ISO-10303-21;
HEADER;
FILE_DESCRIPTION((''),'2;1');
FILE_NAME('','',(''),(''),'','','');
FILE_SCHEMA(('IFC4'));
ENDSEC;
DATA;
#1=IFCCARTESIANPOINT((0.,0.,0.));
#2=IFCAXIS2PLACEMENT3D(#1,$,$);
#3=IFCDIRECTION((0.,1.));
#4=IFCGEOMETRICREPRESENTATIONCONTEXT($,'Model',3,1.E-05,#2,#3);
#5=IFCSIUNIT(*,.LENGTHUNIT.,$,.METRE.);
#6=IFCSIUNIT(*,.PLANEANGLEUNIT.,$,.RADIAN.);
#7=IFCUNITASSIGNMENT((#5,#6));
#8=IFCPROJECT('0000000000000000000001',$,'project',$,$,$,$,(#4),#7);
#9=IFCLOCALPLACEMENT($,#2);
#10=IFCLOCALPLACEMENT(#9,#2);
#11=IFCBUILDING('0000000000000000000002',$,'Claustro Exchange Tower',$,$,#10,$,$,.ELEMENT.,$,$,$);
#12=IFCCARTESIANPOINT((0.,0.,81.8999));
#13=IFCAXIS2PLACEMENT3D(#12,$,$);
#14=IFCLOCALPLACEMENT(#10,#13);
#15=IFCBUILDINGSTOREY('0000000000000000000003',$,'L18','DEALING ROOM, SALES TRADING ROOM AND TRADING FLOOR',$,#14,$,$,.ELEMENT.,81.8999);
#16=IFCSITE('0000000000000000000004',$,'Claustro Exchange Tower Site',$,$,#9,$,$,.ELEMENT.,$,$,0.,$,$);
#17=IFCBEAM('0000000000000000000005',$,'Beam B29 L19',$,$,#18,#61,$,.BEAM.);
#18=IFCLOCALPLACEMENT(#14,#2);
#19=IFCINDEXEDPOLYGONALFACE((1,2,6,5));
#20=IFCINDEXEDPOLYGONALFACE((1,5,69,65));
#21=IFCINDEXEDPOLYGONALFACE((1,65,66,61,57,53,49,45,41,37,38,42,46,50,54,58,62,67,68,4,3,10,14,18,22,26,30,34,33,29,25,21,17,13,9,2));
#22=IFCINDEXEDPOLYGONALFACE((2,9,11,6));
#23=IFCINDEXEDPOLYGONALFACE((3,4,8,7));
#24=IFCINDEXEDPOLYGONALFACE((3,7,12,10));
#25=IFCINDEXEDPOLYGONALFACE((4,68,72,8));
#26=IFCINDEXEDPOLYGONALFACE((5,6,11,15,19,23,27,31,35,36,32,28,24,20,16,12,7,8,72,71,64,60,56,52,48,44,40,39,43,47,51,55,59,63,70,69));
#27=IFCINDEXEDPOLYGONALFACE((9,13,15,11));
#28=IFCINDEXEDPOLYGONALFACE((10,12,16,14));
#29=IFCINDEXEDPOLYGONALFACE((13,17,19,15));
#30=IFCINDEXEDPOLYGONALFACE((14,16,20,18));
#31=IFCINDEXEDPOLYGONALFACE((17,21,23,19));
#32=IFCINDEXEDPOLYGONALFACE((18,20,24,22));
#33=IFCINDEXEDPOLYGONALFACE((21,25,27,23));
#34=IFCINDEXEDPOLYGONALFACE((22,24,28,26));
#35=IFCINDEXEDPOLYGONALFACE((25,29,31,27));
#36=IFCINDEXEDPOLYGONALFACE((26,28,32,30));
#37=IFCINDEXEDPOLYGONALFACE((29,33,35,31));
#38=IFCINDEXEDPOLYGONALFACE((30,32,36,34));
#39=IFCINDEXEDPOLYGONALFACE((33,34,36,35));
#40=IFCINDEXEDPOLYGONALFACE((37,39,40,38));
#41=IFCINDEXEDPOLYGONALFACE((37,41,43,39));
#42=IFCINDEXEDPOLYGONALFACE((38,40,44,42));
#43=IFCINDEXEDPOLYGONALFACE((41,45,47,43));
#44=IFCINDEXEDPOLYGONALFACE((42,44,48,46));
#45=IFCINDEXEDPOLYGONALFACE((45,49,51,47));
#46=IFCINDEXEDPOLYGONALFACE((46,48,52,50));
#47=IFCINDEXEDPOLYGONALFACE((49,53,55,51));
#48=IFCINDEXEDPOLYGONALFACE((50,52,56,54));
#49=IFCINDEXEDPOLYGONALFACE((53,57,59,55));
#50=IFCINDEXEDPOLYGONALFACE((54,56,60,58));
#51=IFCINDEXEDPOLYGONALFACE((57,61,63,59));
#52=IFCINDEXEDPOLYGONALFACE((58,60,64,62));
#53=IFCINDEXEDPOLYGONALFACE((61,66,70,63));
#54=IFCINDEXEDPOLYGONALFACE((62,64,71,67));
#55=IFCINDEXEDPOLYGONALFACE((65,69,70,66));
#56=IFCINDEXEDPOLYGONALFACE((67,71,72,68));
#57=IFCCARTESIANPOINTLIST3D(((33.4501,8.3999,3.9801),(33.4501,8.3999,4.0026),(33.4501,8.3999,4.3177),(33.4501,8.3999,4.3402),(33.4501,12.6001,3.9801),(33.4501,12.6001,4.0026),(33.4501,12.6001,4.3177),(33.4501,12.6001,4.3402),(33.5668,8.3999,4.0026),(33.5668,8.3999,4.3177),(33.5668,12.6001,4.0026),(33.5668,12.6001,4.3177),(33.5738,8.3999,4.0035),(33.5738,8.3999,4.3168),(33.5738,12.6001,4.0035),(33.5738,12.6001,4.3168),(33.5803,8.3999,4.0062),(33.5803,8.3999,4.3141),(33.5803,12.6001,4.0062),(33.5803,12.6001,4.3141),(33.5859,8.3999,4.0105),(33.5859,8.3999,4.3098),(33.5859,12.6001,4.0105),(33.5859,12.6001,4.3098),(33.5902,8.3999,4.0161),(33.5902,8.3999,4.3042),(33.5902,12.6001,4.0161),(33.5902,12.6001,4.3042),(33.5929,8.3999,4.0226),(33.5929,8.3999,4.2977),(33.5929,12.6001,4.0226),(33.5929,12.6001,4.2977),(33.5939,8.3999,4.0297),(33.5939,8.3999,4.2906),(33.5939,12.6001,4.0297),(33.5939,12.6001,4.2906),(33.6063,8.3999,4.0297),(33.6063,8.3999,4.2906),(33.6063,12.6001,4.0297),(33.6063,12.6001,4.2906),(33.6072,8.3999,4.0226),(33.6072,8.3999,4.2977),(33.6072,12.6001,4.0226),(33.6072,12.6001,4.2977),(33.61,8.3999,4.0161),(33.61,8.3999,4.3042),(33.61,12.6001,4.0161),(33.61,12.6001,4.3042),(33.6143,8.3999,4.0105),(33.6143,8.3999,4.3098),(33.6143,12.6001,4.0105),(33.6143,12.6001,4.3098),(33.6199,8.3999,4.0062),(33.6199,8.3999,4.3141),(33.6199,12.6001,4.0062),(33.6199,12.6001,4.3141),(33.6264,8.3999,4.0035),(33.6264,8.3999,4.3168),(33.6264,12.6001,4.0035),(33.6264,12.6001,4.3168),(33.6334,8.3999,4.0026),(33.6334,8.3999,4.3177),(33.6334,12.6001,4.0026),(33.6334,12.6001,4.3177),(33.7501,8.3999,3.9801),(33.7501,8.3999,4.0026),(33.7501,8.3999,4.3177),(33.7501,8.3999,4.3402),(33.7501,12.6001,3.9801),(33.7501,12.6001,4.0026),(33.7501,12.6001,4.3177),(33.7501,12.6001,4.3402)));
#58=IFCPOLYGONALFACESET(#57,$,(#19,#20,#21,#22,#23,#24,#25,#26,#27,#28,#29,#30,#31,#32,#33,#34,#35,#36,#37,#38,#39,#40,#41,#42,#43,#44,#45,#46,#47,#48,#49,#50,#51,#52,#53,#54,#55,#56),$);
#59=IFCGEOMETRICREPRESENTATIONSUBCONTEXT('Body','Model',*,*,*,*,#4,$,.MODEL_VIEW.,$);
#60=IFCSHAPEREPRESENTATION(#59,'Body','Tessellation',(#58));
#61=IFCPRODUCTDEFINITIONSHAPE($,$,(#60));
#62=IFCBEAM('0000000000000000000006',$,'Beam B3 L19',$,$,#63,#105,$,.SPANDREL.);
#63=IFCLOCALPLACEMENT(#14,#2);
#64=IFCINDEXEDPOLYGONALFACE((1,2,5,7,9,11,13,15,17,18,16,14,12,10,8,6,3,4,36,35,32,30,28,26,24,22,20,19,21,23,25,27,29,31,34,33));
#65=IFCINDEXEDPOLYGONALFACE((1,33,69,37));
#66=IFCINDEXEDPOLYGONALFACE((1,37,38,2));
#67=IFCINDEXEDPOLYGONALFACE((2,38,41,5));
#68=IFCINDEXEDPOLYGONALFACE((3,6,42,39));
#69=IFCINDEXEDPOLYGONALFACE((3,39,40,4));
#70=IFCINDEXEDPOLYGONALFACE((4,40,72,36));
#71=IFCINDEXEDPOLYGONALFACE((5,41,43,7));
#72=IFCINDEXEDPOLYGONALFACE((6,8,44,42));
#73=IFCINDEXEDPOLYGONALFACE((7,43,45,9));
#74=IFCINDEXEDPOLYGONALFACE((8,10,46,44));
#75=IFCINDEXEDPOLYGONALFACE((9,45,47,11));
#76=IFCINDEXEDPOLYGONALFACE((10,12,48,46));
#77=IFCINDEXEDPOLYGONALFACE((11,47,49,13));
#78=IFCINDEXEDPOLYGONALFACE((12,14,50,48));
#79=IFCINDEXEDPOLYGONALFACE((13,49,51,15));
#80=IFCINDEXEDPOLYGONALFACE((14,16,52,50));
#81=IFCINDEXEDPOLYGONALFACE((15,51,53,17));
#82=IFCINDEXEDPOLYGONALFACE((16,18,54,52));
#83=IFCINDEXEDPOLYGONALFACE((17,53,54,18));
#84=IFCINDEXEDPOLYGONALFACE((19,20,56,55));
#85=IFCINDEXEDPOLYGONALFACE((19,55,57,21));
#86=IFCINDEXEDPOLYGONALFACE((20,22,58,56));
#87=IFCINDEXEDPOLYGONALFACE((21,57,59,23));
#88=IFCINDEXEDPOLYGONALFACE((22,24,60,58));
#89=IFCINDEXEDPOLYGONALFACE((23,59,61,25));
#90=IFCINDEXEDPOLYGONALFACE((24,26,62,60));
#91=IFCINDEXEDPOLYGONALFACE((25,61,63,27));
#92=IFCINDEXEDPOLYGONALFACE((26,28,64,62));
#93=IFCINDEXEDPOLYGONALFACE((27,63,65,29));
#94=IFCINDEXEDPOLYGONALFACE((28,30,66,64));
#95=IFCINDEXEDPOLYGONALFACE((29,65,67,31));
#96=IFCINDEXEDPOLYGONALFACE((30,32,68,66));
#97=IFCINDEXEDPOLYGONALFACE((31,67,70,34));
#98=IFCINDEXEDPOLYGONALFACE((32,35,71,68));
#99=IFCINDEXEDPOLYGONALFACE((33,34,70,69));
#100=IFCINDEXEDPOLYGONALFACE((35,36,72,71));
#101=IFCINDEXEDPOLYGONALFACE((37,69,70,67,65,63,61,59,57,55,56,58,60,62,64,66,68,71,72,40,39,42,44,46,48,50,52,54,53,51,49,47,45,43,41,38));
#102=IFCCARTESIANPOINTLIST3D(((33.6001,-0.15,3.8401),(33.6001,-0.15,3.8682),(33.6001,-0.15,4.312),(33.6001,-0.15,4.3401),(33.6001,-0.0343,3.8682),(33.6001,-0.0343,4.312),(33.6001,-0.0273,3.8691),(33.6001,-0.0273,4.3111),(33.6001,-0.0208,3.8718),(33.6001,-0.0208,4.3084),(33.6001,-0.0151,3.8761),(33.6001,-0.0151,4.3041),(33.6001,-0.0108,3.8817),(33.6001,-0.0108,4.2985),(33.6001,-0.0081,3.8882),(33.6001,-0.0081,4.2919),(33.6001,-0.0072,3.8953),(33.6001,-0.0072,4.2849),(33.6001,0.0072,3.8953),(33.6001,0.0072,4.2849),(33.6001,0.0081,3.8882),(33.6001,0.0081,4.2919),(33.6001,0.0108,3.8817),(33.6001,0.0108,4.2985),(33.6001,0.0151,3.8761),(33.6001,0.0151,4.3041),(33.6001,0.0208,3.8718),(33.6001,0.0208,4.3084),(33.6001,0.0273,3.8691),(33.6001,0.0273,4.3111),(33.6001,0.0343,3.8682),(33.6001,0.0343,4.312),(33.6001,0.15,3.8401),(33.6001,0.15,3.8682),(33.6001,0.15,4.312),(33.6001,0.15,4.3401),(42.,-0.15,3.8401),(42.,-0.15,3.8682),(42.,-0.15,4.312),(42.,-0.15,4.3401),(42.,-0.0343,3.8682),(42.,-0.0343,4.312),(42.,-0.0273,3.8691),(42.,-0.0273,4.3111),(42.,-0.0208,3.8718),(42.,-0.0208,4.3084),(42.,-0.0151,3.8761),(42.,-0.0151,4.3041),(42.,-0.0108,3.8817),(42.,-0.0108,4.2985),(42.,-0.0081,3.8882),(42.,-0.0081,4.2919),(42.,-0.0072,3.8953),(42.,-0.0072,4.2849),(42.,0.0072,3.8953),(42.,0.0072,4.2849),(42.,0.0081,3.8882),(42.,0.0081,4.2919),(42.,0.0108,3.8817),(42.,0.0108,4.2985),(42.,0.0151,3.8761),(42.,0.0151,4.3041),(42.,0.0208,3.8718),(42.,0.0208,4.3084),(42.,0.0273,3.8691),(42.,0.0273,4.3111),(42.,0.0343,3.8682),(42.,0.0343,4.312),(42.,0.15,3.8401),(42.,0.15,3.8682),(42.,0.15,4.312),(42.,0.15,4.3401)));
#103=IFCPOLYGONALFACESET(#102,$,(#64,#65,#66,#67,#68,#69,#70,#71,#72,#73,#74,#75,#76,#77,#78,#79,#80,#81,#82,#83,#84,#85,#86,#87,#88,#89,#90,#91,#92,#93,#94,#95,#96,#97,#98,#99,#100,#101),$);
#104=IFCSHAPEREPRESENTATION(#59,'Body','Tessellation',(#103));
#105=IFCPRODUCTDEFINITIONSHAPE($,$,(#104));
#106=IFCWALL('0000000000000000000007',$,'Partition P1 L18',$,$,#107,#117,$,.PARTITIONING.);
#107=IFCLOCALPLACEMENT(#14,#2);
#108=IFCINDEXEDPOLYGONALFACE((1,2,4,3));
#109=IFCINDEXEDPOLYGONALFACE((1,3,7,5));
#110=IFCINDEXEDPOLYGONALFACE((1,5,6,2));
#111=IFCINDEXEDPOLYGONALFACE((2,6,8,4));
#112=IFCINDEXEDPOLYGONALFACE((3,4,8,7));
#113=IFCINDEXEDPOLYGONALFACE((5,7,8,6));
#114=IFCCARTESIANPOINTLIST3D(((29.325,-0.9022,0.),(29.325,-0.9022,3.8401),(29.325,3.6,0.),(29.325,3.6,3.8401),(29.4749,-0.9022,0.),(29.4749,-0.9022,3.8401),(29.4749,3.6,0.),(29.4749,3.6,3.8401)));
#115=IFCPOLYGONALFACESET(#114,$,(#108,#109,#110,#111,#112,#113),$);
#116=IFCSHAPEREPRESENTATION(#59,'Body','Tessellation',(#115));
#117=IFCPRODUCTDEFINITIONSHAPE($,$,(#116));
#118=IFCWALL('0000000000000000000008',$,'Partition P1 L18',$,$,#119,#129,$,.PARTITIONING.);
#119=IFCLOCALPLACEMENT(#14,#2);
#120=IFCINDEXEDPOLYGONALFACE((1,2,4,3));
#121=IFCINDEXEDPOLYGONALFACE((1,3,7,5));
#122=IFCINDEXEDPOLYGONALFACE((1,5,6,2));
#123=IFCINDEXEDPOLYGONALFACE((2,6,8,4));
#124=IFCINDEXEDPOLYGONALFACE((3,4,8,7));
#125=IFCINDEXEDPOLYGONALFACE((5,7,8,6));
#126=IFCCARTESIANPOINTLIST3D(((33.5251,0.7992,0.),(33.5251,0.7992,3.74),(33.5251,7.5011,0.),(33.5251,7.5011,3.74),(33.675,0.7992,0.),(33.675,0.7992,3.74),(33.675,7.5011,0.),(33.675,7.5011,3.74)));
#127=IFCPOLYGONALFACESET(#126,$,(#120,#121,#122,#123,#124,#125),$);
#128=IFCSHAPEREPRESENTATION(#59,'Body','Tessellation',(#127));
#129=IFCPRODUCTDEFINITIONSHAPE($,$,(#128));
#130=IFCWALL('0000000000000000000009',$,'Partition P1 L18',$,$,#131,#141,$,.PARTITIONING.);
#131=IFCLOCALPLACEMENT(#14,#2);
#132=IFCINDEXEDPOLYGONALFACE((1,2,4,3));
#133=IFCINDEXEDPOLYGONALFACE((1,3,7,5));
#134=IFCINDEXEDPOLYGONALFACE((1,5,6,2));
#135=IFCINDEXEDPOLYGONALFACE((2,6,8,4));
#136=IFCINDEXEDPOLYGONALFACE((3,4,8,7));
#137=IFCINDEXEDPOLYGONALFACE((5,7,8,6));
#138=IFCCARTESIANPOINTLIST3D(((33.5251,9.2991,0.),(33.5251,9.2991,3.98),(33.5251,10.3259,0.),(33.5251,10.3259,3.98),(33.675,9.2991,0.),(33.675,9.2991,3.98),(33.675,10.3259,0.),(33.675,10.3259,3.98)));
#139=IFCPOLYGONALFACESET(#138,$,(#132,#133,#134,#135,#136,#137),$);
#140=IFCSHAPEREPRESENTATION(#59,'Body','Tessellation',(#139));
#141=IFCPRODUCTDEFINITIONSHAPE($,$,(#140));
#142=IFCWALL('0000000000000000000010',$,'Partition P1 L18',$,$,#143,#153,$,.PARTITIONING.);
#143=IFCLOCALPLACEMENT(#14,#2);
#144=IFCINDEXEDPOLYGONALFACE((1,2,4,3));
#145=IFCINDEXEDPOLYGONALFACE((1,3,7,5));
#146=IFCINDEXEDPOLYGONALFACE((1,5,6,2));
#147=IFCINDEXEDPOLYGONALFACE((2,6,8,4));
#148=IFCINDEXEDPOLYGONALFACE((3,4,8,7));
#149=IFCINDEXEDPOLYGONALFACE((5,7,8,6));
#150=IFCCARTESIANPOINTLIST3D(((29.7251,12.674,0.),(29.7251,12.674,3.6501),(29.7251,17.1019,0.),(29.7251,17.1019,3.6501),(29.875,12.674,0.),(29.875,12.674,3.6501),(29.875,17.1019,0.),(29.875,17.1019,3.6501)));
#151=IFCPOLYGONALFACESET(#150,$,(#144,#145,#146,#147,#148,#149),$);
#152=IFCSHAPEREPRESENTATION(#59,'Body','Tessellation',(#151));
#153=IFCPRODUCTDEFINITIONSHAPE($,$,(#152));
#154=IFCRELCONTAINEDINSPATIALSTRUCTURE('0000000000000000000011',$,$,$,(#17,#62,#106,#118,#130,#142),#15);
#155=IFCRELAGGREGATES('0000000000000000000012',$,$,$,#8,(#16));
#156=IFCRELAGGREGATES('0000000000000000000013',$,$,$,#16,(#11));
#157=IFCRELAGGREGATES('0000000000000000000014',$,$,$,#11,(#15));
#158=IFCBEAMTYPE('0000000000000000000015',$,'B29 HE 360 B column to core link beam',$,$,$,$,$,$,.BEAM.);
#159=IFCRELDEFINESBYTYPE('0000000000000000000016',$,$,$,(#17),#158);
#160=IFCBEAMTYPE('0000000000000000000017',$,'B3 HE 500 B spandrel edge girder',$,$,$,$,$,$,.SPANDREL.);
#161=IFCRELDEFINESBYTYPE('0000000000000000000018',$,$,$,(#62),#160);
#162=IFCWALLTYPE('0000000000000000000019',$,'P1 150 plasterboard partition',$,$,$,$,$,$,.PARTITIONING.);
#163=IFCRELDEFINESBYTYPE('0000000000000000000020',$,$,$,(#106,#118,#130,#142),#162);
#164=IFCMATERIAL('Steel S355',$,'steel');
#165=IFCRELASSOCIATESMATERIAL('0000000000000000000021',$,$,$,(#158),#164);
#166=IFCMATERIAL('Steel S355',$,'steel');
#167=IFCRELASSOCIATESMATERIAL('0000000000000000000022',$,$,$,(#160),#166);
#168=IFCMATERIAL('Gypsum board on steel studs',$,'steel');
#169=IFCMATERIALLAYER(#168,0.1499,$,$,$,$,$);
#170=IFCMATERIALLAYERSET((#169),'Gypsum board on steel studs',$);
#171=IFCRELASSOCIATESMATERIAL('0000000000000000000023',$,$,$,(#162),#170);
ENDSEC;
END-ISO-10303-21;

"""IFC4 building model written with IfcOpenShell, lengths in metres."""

from ifc_helpers import new_model, si_unit, direction, frame, frame_2d, origin, origin_2d, place, context, subcontext, project, spatial, rectangle, i_section, extrude, material, layer, layer_set, material_profile, profile_set, type_object, element, save


model = new_model("IFC4")

# Units and contexts
model_context = context("Model", 3, precision=1e-05, world=origin(), true_north=direction((0.0, 1.0)))
body_context = subcontext(model_context, "Body", "Model", "MODEL_VIEW")
ifc_project = project(units=[si_unit("LENGTHUNIT", "METRE"), si_unit("PLANEANGLEUNIT", "RADIAN")], contexts=[model_context])

# Site, building, storey
site_placement = place(None, origin())
site = spatial("IfcSite", under=ifc_project, at=site_placement, Name="Claustro Exchange Tower Site", CompositionType="ELEMENT", RefElevation=0.0)
building_placement = place(site_placement, origin())
building = spatial("IfcBuilding", under=site, at=building_placement, Name="Claustro Exchange Tower", CompositionType="ELEMENT")
storey_placement = place(building_placement, frame((0.0, 0.0, 81.8999)))
storey = spatial("IfcBuildingStorey", under=building, at=storey_placement, Name="L18", Description="DEALING ROOM, SALES TRADING ROOM AND TRADING FLOOR", CompositionType="ELEMENT", Elevation=81.8999)

# Beams
ifc_material_1 = material(Name="Steel S355", Category="steel")
ifc_material_profile_1 = material_profile(ifc_material_1, i_section(OverallWidth=0.3, OverallDepth=0.3601, WebThickness=0.0125, FlangeThickness=0.0225, FilletRadius=0.0271, at=origin_2d()), Name="HE 360 B")
ifc_profile_set_1 = profile_set([ifc_material_profile_1], Name="Steel S355")
beam_type_1 = type_object("IfcBeamType", Name="B29 HE 360 B column to core link beam", PredefinedType="BEAM", material=ifc_profile_set_1)
beam_1_placement = place(storey_placement, frame((33.6001, 8.3999, 4.1602), z_axis=(0.0, 1.0, 0.0), x_axis=(-1.0, 0.0, 0.0)))
element("IfcBeam", 1, at=beam_1_placement, inside=storey, type_object=beam_type_1, Name="Beam B29 L19", PredefinedType="BEAM", context=body_context, shape_type="SweptSolid", body=[
    extrude(i_section(OverallWidth=0.3, OverallDepth=0.3601, WebThickness=0.0125, FlangeThickness=0.0225, FilletRadius=0.0271, at=origin_2d()), origin(), (0.0, 0.0, 1.0), 4.2002),
])
ifc_material_2 = material(Name="Steel S355", Category="steel")
ifc_material_profile_2 = material_profile(ifc_material_2, i_section(OverallWidth=0.3, OverallDepth=0.5, WebThickness=0.0144, FlangeThickness=0.0281, FilletRadius=0.0271, at=origin_2d()), Name="HE 500 B")
ifc_profile_set_2 = profile_set([ifc_material_profile_2], Name="Steel S355")
beam_type_2 = type_object("IfcBeamType", Name="B3 HE 500 B spandrel edge girder", PredefinedType="SPANDREL", material=ifc_profile_set_2)
beam_2_placement = place(storey_placement, frame((33.6001, 0.0, 4.0901), z_axis=(1.0, 0.0, 0.0), x_axis=(0.0, 1.0, 0.0)))
element("IfcBeam", 2, at=beam_2_placement, inside=storey, type_object=beam_type_2, Name="Beam B3 L19", PredefinedType="SPANDREL", context=body_context, shape_type="SweptSolid", body=[
    extrude(i_section(OverallWidth=0.3, OverallDepth=0.5, WebThickness=0.0144, FlangeThickness=0.0281, FilletRadius=0.0271, at=origin_2d()), origin(), (0.0, 0.0, 1.0), 8.3999),
])

# Walls
ifc_material_3 = material(Name="Gypsum board on steel studs", Category="steel")
ifc_layer_1 = layer(ifc_material_3, 0.1499)
ifc_layer_set_1 = layer_set([ifc_layer_1], Name="Gypsum board on steel studs")
wall_type_1 = type_object("IfcWallType", Name="P1 150 plasterboard partition", PredefinedType="PARTITIONING", material=ifc_layer_set_1)
wall_1_placement = place(storey_placement, frame((29.3999, -0.9021, 0.0), z_axis=(0.0, 0.0, 1.0), x_axis=(0.0, 1.0, 0.0)))
element("IfcWall", 3, at=wall_1_placement, inside=storey, type_object=wall_type_1, Name="Partition P1 L18", PredefinedType="PARTITIONING", context=body_context, shape_type="SweptSolid", body=[
    extrude(rectangle(XDim=4.5022, YDim=0.1499, at=frame_2d((2.251, 0.0))), origin(), (0.0, 0.0, 1.0), 3.8401),
])
wall_2_placement = place(storey_placement, frame((33.6001, 0.7991, 0.0), z_axis=(0.0, 0.0, 1.0), x_axis=(0.0, 1.0, 0.0)))
element("IfcWall", 4, at=wall_2_placement, inside=storey, type_object=wall_type_1, Name="Partition P1 L18", PredefinedType="PARTITIONING", context=body_context, shape_type="SweptSolid", body=[
    extrude(rectangle(XDim=6.7019, YDim=0.1499, at=frame_2d((3.3511, 0.0))), origin(), (0.0, 0.0, 1.0), 3.74),
])
wall_3_placement = place(storey_placement, frame((33.6001, 9.2991, 0.0), z_axis=(0.0, 0.0, 1.0), x_axis=(0.0, 1.0, 0.0)))
element("IfcWall", 5, at=wall_3_placement, inside=storey, type_object=wall_type_1, Name="Partition P1 L18", PredefinedType="PARTITIONING", context=body_context, shape_type="SweptSolid", body=[
    extrude(rectangle(XDim=1.0269, YDim=0.1499, at=frame_2d((0.5134, 0.0))), origin(), (0.0, 0.0, 1.0), 3.98),
])
wall_4_placement = place(storey_placement, frame((29.8, 12.6741, 0.0), z_axis=(0.0, 0.0, 1.0), x_axis=(0.0, 1.0, 0.0)))
element("IfcWall", 6, at=wall_4_placement, inside=storey, type_object=wall_type_1, Name="Partition P1 L18", PredefinedType="PARTITIONING", context=body_context, shape_type="SweptSolid", body=[
    extrude(rectangle(XDim=4.428, YDim=0.1499, at=frame_2d((2.2139, 0.0))), origin(), (0.0, 0.0, 1.0), 3.6501),
])

save(model, "model.ifc")
